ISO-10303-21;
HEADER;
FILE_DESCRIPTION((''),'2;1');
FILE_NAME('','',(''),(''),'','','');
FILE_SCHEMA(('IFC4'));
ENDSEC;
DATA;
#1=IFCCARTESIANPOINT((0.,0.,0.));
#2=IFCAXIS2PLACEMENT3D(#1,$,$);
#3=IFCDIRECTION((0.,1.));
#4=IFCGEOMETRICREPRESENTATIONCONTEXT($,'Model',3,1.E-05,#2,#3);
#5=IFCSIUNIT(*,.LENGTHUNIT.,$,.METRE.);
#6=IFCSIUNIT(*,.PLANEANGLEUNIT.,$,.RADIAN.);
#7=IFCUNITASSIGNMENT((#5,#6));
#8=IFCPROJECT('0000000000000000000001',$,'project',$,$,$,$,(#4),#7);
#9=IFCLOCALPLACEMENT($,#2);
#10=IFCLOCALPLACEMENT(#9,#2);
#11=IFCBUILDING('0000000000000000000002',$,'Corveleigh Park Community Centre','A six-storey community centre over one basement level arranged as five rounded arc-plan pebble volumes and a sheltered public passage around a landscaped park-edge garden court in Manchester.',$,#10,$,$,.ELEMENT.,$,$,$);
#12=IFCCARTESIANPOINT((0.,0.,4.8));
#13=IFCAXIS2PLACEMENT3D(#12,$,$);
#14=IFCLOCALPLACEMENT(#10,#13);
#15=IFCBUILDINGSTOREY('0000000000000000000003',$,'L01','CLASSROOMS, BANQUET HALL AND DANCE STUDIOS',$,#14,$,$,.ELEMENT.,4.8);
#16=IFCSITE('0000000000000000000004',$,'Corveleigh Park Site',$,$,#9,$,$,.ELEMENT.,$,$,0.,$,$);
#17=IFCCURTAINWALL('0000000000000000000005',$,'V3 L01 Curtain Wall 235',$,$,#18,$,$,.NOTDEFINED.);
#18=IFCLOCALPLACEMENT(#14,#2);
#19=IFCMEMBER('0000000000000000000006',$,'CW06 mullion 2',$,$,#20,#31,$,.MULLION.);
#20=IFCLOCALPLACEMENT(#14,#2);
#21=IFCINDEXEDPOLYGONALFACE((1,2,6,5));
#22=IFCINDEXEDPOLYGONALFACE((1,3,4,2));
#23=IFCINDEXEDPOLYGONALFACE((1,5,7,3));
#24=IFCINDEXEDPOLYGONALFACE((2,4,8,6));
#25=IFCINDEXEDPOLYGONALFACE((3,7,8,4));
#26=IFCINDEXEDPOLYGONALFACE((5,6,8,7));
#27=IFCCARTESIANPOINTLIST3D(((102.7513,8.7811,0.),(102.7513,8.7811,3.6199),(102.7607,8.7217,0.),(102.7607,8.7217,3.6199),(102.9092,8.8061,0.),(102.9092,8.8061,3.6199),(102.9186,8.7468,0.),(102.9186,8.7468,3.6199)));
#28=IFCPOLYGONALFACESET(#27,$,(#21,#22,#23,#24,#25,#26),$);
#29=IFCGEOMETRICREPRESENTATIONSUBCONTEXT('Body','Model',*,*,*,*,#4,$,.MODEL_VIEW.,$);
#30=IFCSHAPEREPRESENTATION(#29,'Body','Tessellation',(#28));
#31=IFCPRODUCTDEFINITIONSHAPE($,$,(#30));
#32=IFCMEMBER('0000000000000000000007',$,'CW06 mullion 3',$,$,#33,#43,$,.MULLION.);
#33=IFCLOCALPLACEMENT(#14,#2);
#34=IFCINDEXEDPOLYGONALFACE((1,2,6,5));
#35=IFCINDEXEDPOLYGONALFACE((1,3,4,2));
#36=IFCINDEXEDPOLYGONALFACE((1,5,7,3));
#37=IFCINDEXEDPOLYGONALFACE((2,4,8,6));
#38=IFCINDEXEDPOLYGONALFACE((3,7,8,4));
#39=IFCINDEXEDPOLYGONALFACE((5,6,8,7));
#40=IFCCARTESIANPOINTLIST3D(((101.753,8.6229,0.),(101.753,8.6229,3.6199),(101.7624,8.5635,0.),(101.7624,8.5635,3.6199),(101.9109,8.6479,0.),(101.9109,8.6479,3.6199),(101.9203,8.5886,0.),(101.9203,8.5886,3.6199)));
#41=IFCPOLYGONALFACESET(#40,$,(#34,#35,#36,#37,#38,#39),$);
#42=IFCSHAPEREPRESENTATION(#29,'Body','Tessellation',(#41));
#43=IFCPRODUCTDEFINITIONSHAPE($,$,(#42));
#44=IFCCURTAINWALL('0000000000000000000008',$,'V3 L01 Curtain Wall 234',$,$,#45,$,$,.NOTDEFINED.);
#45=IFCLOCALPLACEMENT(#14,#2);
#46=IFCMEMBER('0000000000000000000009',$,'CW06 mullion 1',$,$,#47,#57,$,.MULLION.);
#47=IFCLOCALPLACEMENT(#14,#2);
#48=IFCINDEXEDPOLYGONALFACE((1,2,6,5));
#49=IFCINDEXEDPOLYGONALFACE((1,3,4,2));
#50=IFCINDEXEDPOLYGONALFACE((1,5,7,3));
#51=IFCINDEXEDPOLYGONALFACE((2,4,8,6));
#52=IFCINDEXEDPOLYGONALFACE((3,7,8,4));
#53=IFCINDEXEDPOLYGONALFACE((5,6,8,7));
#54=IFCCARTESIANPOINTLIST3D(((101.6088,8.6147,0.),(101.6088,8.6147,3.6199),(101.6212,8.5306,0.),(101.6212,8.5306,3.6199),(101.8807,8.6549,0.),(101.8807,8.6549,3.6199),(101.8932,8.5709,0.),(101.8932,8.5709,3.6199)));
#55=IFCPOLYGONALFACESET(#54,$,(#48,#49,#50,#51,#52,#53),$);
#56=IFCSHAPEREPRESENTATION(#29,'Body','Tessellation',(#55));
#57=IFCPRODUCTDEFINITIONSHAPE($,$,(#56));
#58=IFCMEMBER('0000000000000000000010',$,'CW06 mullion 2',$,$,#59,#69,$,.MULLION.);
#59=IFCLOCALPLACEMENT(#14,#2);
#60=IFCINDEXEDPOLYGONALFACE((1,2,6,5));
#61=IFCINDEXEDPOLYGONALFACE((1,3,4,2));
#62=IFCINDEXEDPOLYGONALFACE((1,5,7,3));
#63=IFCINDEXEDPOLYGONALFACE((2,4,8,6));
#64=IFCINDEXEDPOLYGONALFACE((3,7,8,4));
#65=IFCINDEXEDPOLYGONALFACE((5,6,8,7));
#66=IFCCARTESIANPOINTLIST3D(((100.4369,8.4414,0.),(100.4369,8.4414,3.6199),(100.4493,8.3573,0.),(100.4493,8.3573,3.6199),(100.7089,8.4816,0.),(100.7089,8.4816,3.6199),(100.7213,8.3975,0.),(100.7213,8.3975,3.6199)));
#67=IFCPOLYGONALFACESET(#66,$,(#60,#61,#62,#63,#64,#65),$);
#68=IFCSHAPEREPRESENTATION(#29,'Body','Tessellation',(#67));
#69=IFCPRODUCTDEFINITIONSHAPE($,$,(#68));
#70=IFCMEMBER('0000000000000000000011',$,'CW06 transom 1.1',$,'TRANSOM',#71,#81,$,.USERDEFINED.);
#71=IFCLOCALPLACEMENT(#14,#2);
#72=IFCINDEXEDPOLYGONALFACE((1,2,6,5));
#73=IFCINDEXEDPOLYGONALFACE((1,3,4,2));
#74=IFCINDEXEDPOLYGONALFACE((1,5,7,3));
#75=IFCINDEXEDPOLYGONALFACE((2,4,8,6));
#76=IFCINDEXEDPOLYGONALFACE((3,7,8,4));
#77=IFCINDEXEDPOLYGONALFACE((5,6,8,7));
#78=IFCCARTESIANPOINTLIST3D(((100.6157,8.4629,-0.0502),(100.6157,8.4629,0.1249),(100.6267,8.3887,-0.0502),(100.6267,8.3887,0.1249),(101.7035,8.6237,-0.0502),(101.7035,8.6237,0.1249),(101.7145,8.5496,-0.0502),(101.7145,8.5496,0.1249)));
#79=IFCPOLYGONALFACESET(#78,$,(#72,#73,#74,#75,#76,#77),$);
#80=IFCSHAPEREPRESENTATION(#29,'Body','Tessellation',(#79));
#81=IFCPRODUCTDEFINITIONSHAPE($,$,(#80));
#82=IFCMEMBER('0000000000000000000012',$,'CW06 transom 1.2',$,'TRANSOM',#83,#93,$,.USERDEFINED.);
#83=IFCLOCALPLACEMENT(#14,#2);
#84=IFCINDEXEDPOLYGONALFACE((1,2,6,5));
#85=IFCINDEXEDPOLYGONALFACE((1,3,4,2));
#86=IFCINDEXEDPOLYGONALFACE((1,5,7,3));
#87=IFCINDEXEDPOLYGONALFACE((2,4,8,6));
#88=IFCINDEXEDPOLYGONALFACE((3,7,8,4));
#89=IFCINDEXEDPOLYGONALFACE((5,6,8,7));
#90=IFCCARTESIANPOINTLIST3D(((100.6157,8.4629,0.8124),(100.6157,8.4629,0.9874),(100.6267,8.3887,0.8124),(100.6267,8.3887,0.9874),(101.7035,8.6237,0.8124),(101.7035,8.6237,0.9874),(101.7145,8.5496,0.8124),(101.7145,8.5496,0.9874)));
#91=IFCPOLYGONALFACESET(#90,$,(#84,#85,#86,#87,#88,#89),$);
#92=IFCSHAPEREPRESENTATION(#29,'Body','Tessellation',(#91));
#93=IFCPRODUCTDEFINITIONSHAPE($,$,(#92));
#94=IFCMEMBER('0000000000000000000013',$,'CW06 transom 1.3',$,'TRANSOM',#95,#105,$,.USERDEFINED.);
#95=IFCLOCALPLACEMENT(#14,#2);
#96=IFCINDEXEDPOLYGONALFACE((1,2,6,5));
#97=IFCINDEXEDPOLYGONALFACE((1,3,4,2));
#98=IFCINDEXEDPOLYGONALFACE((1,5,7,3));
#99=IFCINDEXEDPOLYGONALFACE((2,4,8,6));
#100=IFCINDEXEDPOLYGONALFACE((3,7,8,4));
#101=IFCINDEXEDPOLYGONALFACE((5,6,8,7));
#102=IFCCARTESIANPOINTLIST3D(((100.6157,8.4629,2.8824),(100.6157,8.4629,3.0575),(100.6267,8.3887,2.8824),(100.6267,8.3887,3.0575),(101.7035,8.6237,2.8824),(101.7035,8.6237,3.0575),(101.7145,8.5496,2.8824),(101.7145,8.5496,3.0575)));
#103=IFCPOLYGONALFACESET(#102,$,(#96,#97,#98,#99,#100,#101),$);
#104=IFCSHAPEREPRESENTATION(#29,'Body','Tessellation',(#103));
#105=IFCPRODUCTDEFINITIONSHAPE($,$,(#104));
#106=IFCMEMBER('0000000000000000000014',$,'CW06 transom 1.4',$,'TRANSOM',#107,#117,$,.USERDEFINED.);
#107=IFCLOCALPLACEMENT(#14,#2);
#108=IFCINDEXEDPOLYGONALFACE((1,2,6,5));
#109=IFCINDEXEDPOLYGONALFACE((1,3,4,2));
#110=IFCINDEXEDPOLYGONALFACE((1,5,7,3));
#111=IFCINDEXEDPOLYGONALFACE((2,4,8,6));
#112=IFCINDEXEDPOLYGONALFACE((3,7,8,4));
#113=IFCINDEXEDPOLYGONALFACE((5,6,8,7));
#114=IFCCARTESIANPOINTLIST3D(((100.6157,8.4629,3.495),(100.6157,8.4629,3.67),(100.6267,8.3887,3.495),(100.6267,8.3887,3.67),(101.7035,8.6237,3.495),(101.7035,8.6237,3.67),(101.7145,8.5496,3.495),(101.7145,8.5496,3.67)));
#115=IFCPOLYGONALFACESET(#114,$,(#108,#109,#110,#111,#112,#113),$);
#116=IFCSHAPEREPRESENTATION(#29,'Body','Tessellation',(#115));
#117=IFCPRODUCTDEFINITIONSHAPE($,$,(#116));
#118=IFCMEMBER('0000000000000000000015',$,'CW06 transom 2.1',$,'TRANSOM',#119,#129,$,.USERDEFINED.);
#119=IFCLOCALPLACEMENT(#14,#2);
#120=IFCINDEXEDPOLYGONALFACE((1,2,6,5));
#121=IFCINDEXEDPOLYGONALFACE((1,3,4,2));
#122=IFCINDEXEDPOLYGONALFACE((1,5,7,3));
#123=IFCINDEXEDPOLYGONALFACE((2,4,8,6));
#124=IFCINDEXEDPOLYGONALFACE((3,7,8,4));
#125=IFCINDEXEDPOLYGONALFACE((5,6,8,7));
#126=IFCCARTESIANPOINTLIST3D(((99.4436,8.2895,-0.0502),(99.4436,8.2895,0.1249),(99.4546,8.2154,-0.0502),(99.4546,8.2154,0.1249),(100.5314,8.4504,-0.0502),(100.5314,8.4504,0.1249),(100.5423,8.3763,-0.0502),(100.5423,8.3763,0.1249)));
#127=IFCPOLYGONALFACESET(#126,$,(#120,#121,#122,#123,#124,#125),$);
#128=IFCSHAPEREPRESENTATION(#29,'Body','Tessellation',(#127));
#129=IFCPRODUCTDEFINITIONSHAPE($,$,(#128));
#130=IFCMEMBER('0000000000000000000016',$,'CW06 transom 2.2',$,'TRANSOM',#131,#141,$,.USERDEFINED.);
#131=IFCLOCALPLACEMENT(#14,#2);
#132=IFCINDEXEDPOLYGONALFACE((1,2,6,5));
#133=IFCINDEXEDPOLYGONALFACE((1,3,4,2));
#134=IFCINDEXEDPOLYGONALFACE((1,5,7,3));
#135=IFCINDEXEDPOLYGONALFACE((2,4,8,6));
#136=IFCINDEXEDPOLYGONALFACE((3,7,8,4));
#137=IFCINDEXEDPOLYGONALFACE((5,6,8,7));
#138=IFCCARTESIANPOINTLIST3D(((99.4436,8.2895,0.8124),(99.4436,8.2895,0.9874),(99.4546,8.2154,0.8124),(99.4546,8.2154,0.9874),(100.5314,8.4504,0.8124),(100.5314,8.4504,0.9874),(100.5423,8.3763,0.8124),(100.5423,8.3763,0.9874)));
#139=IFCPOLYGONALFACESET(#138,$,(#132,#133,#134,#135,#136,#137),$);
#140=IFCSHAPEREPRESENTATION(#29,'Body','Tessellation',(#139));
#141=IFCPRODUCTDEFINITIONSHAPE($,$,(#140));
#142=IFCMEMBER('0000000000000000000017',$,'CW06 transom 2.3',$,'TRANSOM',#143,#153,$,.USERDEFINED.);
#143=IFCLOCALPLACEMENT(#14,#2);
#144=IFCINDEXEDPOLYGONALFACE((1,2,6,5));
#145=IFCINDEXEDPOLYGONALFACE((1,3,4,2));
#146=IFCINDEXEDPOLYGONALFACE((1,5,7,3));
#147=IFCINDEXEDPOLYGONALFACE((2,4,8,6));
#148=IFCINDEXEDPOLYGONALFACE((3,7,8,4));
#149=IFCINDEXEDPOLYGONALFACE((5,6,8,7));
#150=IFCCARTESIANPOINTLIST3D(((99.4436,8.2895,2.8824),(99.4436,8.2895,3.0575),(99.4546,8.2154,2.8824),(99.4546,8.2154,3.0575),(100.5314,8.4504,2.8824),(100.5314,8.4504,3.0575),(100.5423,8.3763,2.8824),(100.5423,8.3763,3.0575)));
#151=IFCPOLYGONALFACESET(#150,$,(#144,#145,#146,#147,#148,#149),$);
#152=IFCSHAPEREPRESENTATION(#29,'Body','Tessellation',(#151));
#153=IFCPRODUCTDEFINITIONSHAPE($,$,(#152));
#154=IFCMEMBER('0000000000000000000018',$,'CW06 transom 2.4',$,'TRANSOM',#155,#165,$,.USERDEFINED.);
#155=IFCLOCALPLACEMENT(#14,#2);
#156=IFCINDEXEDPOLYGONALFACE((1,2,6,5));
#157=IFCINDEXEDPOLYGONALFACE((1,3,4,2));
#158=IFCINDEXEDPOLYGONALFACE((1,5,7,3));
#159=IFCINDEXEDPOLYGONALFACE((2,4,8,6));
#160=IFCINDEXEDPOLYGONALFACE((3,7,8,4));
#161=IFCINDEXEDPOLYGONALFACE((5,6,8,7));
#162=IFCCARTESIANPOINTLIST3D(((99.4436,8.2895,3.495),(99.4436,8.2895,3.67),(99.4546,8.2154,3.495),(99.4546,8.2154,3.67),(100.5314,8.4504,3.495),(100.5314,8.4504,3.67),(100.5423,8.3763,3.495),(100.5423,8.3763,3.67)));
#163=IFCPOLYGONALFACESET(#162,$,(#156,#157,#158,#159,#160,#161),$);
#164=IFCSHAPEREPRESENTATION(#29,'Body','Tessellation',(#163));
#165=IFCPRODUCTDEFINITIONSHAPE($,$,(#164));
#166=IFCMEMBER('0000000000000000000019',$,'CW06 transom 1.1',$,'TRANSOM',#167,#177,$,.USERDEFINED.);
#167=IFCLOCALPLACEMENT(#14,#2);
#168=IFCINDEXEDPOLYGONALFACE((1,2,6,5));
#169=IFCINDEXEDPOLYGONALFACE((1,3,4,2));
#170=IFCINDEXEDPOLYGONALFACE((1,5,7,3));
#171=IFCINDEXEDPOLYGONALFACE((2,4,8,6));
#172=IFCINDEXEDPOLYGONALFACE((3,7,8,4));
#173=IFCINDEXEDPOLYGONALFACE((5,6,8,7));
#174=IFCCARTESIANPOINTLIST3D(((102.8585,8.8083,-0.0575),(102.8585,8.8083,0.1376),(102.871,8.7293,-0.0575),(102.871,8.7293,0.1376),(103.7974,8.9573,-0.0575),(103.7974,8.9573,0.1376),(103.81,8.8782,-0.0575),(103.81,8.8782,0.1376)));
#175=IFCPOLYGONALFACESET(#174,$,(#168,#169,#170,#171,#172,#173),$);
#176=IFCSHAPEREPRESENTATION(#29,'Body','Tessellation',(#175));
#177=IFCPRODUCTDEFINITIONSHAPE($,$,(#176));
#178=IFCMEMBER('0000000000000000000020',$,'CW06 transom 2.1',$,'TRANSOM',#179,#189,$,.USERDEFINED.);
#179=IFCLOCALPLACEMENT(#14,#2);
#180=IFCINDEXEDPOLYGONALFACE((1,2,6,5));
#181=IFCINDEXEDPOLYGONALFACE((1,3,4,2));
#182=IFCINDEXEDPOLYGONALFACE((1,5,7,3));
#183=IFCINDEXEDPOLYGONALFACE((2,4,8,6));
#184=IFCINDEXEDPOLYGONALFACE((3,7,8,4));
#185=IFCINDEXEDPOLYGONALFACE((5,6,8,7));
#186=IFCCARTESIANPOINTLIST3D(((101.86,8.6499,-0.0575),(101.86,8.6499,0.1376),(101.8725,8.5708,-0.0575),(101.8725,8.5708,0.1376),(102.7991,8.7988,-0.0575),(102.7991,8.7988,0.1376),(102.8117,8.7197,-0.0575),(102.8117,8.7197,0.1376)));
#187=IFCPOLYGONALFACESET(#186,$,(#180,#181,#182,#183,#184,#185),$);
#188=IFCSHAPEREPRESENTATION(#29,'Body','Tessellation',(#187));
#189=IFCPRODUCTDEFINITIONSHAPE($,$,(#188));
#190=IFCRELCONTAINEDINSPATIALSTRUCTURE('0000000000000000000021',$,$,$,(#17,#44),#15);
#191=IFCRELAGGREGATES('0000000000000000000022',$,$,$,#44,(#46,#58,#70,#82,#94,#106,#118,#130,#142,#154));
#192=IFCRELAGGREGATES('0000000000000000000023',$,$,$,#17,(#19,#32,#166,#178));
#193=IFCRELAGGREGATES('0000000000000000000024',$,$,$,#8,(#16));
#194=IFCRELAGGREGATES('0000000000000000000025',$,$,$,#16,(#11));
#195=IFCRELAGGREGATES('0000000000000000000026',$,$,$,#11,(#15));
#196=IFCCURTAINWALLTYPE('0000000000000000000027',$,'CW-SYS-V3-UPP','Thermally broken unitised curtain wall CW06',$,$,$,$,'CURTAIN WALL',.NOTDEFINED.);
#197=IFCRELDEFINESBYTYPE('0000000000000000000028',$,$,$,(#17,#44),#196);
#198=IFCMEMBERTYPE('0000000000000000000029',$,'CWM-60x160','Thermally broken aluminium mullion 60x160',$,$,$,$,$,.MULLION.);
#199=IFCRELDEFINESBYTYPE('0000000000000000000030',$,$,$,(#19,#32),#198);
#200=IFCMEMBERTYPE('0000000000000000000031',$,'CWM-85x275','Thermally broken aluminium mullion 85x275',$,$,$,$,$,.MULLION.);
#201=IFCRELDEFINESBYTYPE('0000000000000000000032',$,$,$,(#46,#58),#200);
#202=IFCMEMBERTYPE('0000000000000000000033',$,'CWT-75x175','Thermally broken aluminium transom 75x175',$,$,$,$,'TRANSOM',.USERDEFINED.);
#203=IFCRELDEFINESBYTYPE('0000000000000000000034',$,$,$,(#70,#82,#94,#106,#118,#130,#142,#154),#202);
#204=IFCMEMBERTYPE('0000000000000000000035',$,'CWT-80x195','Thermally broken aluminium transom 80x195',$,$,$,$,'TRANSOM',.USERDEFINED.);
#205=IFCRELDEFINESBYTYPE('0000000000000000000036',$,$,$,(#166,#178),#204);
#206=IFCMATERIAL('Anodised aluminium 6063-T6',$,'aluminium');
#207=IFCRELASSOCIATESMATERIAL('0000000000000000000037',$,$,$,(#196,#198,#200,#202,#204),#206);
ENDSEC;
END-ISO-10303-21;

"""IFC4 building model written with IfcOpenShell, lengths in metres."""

from ifc_helpers import new_model, si_unit, direction, frame, origin, origin_2d, place, context, subcontext, project, spatial, rectangle, extrude, material, material_profile, profile_set, type_object, element, aggregate, save


model = new_model("IFC4")

# Units and contexts
model_context = context("Model", 3, precision=1e-05, world=origin(), true_north=direction((0.0, 1.0)))
body_context = subcontext(model_context, "Body", "Model", "MODEL_VIEW")
ifc_project = project(units=[si_unit("LENGTHUNIT", "METRE"), si_unit("PLANEANGLEUNIT", "RADIAN")], contexts=[model_context])

# Site, building, storey
site_placement = place(None, origin())
site = spatial("IfcSite", under=ifc_project, at=site_placement, Name="Corveleigh Park Site", CompositionType="ELEMENT", RefElevation=0.0)
building_placement = place(site_placement, origin())
building = spatial("IfcBuilding", under=site, at=building_placement, Name="Corveleigh Park Community Centre", Description="A six-storey community centre over one basement level arranged as five rounded arc-plan pebble volumes and a sheltered public passage around a landscaped park-edge garden court in Manchester.", CompositionType="ELEMENT")
storey_placement = place(building_placement, frame((0.0, 0.0, 4.8)))
storey = spatial("IfcBuildingStorey", under=building, at=storey_placement, Name="L01", Description="CLASSROOMS, BANQUET HALL AND DANCE STUDIOS", CompositionType="ELEMENT", Elevation=4.8)

# Curtain walls, members
ifc_material_1 = material(Name="Anodised aluminium 6063-T6", Category="aluminium")
curtain_wall_type = type_object("IfcCurtainWallType", Name="CW-SYS-V3-UPP", Description="Thermally broken unitised curtain wall CW06", ElementType="CURTAIN WALL", PredefinedType="NOTDEFINED", material=ifc_material_1)
curtain_wall_1_placement = place(storey_placement, origin())
curtain_wall_1 = element("IfcCurtainWall", 1, at=curtain_wall_1_placement, inside=storey, type_object=curtain_wall_type, Name="V3 L01 Curtain Wall 235", PredefinedType="NOTDEFINED")
ifc_material_profile_1 = material_profile(ifc_material_1, rectangle(XDim=0.0601, YDim=0.1599, at=origin_2d()), Name="ALU-M60x160", Category="aluminium")
ifc_profile_set_1 = profile_set([ifc_material_profile_1], Name="Anodised aluminium 6063-T6")
member_type_1 = type_object("IfcMemberType", Name="CWM-60x160", Description="Thermally broken aluminium mullion 60x160", PredefinedType="MULLION", material=ifc_profile_set_1)
member_1_placement = place(storey_placement, frame((102.835, 8.7639, 0.0), z_axis=(0.0, 0.0, 1.0), x_axis=(0.156604, -0.987661, 0.0)))
member_1 = element("IfcMember", 2, at=member_1_placement, type_object=member_type_1, Name="CW06 mullion 2", PredefinedType="MULLION", context=body_context, shape_type="SweptSolid", body=[
    extrude(rectangle(XDim=0.0601, YDim=0.1599, at=origin_2d()), origin(), (0.0, 0.0, 1.0), 3.6199),
])
member_2_placement = place(storey_placement, frame((101.8367, 8.6057, 0.0), z_axis=(0.0, 0.0, 1.0), x_axis=(0.156604, -0.987661, 0.0)))
member_2 = element("IfcMember", 3, at=member_2_placement, type_object=member_type_1, Name="CW06 mullion 3", PredefinedType="MULLION", context=body_context, shape_type="SweptSolid", body=[
    extrude(rectangle(XDim=0.0601, YDim=0.1599, at=origin_2d()), origin(), (0.0, 0.0, 1.0), 3.6199),
])
curtain_wall_2_placement = place(storey_placement, origin())
curtain_wall_2 = element("IfcCurtainWall", 4, at=curtain_wall_2_placement, inside=storey, type_object=curtain_wall_type, Name="V3 L01 Curtain Wall 234", PredefinedType="NOTDEFINED")
ifc_material_profile_2 = material_profile(ifc_material_1, rectangle(XDim=0.085, YDim=0.2749, at=origin_2d()), Name="ALU-M85x275", Category="aluminium")
ifc_profile_set_2 = profile_set([ifc_material_profile_2], Name="Anodised aluminium 6063-T6")
member_type_2 = type_object("IfcMemberType", Name="CWM-85x275", Description="Thermally broken aluminium mullion 85x275", PredefinedType="MULLION", material=ifc_profile_set_2)
member_3_placement = place(storey_placement, frame((101.751, 8.5928, 0.0), z_axis=(0.0, 0.0, 1.0), x_axis=(0.146268, -0.989245, 0.0)))
member_3 = element("IfcMember", 5, at=member_3_placement, type_object=member_type_2, Name="CW06 mullion 1", PredefinedType="MULLION", context=body_context, shape_type="SweptSolid", body=[
    extrude(rectangle(XDim=0.085, YDim=0.2749, at=origin_2d()), origin(), (0.0, 0.0, 1.0), 3.6199),
])
member_4_placement = place(storey_placement, frame((100.5791, 8.4194, 0.0), z_axis=(0.0, 0.0, 1.0), x_axis=(0.146268, -0.989245, 0.0)))
member_4 = element("IfcMember", 6, at=member_4_placement, type_object=member_type_2, Name="CW06 mullion 2", PredefinedType="MULLION", context=body_context, shape_type="SweptSolid", body=[
    extrude(rectangle(XDim=0.085, YDim=0.2749, at=origin_2d()), origin(), (0.0, 0.0, 1.0), 3.6199),
])
ifc_material_profile_3 = material_profile(ifc_material_1, rectangle(XDim=0.075, YDim=0.175, at=origin_2d()), Name="ALU-T75x175", Category="aluminium")
ifc_profile_set_3 = profile_set([ifc_material_profile_3], Name="Anodised aluminium 6063-T6")
member_type_3 = type_object("IfcMemberType", Name="CWT-75x175", Description="Thermally broken aluminium transom 75x175", ElementType="TRANSOM", PredefinedType="USERDEFINED", material=ifc_profile_set_3)
member_5_placement = place(storey_placement, frame((101.709, 8.5867, 0.0374), z_axis=(-0.98924, -0.146299, 0.0), x_axis=(0.146299, -0.98924, 0.0)))
member_5 = element("IfcMember", 7, at=member_5_placement, type_object=member_type_3, Name="CW06 transom 1.1", ObjectType="TRANSOM", PredefinedType="USERDEFINED", context=body_context, shape_type="SweptSolid", body=[
    extrude(rectangle(XDim=0.075, YDim=0.175, at=origin_2d()), origin(), (0.0, 0.0, 1.0), 1.0996),
])
member_6_placement = place(storey_placement, frame((101.709, 8.5867, 0.8999), z_axis=(-0.98924, -0.146299, 0.0), x_axis=(0.146299, -0.98924, 0.0)))
member_6 = element("IfcMember", 8, at=member_6_placement, type_object=member_type_3, Name="CW06 transom 1.2", ObjectType="TRANSOM", PredefinedType="USERDEFINED", context=body_context, shape_type="SweptSolid", body=[
    extrude(rectangle(XDim=0.075, YDim=0.175, at=origin_2d()), origin(), (0.0, 0.0, 1.0), 1.0996),
])
member_7_placement = place(storey_placement, frame((101.709, 8.5867, 2.97), z_axis=(-0.98924, -0.146299, 0.0), x_axis=(0.146299, -0.98924, 0.0)))
member_7 = element("IfcMember", 9, at=member_7_placement, type_object=member_type_3, Name="CW06 transom 1.3", ObjectType="TRANSOM", PredefinedType="USERDEFINED", context=body_context, shape_type="SweptSolid", body=[
    extrude(rectangle(XDim=0.075, YDim=0.175, at=origin_2d()), origin(), (0.0, 0.0, 1.0), 1.0996),
])
member_8_placement = place(storey_placement, frame((101.709, 8.5867, 3.5825), z_axis=(-0.98924, -0.146299, 0.0), x_axis=(0.146299, -0.98924, 0.0)))
member_8 = element("IfcMember", 10, at=member_8_placement, type_object=member_type_3, Name="CW06 transom 1.4", ObjectType="TRANSOM", PredefinedType="USERDEFINED", context=body_context, shape_type="SweptSolid", body=[
    extrude(rectangle(XDim=0.075, YDim=0.175, at=origin_2d()), origin(), (0.0, 0.0, 1.0), 1.0996),
])
member_9_placement = place(storey_placement, frame((100.5369, 8.4133, 0.0374), z_axis=(-0.98924, -0.146299, 0.0), x_axis=(0.146299, -0.98924, 0.0)))
member_9 = element("IfcMember", 11, at=member_9_placement, type_object=member_type_3, Name="CW06 transom 2.1", ObjectType="TRANSOM", PredefinedType="USERDEFINED", context=body_context, shape_type="SweptSolid", body=[
    extrude(rectangle(XDim=0.075, YDim=0.175, at=origin_2d()), origin(), (0.0, 0.0, 1.0), 1.0996),
])
member_10_placement = place(storey_placement, frame((100.5369, 8.4133, 0.8999), z_axis=(-0.98924, -0.146299, 0.0), x_axis=(0.146299, -0.98924, 0.0)))
member_10 = element("IfcMember", 12, at=member_10_placement, type_object=member_type_3, Name="CW06 transom 2.2", ObjectType="TRANSOM", PredefinedType="USERDEFINED", context=body_context, shape_type="SweptSolid", body=[
    extrude(rectangle(XDim=0.075, YDim=0.175, at=origin_2d()), origin(), (0.0, 0.0, 1.0), 1.0996),
])
member_11_placement = place(storey_placement, frame((100.5369, 8.4133, 2.97), z_axis=(-0.98924, -0.146299, 0.0), x_axis=(0.146299, -0.98924, 0.0)))
member_11 = element("IfcMember", 13, at=member_11_placement, type_object=member_type_3, Name="CW06 transom 2.3", ObjectType="TRANSOM", PredefinedType="USERDEFINED", context=body_context, shape_type="SweptSolid", body=[
    extrude(rectangle(XDim=0.075, YDim=0.175, at=origin_2d()), origin(), (0.0, 0.0, 1.0), 1.0996),
])
member_12_placement = place(storey_placement, frame((100.5369, 8.4133, 3.5825), z_axis=(-0.98924, -0.146299, 0.0), x_axis=(0.146299, -0.98924, 0.0)))
member_12 = element("IfcMember", 14, at=member_12_placement, type_object=member_type_3, Name="CW06 transom 2.4", ObjectType="TRANSOM", PredefinedType="USERDEFINED", context=body_context, shape_type="SweptSolid", body=[
    extrude(rectangle(XDim=0.075, YDim=0.175, at=origin_2d()), origin(), (0.0, 0.0, 1.0), 1.0996),
])

# Members
ifc_material_profile_4 = material_profile(ifc_material_1, rectangle(XDim=0.0801, YDim=0.1951, at=origin_2d()), Name="ALU-T80x195", Category="aluminium")
ifc_profile_set_4 = profile_set([ifc_material_profile_4], Name="Anodised aluminium 6063-T6")
member_type_4 = type_object("IfcMemberType", Name="CWT-80x195", Description="Thermally broken aluminium transom 80x195", ElementType="TRANSOM", PredefinedType="USERDEFINED", material=ifc_profile_set_4)
member_13_placement = place(storey_placement, frame((103.8037, 8.9177, 0.04), z_axis=(-0.987654, -0.156648, 0.0), x_axis=(0.156648, -0.987654, 0.0)))
member_13 = element("IfcMember", 15, at=member_13_placement, type_object=member_type_4, Name="CW06 transom 1.1", ObjectType="TRANSOM", PredefinedType="USERDEFINED", context=body_context, shape_type="SweptSolid", body=[
    extrude(rectangle(XDim=0.0801, YDim=0.1951, at=origin_2d()), origin(), (0.0, 0.0, 1.0), 0.9507),
])
member_14_placement = place(storey_placement, frame((102.8054, 8.7593, 0.04), z_axis=(-0.987661, -0.156609, 0.0), x_axis=(0.156609, -0.987661, 0.0)))
member_14 = element("IfcMember", 16, at=member_14_placement, type_object=member_type_4, Name="CW06 transom 2.1", ObjectType="TRANSOM", PredefinedType="USERDEFINED", context=body_context, shape_type="SweptSolid", body=[
    extrude(rectangle(XDim=0.0801, YDim=0.1951, at=origin_2d()), origin(), (0.0, 0.0, 1.0), 0.9509),
])

aggregate(curtain_wall_2, [member_3, member_4, member_5, member_6, member_7, member_8, member_9, member_10, member_11, member_12])
aggregate(curtain_wall_1, [member_1, member_2, member_13, member_14])

save(model, "model.ifc")
